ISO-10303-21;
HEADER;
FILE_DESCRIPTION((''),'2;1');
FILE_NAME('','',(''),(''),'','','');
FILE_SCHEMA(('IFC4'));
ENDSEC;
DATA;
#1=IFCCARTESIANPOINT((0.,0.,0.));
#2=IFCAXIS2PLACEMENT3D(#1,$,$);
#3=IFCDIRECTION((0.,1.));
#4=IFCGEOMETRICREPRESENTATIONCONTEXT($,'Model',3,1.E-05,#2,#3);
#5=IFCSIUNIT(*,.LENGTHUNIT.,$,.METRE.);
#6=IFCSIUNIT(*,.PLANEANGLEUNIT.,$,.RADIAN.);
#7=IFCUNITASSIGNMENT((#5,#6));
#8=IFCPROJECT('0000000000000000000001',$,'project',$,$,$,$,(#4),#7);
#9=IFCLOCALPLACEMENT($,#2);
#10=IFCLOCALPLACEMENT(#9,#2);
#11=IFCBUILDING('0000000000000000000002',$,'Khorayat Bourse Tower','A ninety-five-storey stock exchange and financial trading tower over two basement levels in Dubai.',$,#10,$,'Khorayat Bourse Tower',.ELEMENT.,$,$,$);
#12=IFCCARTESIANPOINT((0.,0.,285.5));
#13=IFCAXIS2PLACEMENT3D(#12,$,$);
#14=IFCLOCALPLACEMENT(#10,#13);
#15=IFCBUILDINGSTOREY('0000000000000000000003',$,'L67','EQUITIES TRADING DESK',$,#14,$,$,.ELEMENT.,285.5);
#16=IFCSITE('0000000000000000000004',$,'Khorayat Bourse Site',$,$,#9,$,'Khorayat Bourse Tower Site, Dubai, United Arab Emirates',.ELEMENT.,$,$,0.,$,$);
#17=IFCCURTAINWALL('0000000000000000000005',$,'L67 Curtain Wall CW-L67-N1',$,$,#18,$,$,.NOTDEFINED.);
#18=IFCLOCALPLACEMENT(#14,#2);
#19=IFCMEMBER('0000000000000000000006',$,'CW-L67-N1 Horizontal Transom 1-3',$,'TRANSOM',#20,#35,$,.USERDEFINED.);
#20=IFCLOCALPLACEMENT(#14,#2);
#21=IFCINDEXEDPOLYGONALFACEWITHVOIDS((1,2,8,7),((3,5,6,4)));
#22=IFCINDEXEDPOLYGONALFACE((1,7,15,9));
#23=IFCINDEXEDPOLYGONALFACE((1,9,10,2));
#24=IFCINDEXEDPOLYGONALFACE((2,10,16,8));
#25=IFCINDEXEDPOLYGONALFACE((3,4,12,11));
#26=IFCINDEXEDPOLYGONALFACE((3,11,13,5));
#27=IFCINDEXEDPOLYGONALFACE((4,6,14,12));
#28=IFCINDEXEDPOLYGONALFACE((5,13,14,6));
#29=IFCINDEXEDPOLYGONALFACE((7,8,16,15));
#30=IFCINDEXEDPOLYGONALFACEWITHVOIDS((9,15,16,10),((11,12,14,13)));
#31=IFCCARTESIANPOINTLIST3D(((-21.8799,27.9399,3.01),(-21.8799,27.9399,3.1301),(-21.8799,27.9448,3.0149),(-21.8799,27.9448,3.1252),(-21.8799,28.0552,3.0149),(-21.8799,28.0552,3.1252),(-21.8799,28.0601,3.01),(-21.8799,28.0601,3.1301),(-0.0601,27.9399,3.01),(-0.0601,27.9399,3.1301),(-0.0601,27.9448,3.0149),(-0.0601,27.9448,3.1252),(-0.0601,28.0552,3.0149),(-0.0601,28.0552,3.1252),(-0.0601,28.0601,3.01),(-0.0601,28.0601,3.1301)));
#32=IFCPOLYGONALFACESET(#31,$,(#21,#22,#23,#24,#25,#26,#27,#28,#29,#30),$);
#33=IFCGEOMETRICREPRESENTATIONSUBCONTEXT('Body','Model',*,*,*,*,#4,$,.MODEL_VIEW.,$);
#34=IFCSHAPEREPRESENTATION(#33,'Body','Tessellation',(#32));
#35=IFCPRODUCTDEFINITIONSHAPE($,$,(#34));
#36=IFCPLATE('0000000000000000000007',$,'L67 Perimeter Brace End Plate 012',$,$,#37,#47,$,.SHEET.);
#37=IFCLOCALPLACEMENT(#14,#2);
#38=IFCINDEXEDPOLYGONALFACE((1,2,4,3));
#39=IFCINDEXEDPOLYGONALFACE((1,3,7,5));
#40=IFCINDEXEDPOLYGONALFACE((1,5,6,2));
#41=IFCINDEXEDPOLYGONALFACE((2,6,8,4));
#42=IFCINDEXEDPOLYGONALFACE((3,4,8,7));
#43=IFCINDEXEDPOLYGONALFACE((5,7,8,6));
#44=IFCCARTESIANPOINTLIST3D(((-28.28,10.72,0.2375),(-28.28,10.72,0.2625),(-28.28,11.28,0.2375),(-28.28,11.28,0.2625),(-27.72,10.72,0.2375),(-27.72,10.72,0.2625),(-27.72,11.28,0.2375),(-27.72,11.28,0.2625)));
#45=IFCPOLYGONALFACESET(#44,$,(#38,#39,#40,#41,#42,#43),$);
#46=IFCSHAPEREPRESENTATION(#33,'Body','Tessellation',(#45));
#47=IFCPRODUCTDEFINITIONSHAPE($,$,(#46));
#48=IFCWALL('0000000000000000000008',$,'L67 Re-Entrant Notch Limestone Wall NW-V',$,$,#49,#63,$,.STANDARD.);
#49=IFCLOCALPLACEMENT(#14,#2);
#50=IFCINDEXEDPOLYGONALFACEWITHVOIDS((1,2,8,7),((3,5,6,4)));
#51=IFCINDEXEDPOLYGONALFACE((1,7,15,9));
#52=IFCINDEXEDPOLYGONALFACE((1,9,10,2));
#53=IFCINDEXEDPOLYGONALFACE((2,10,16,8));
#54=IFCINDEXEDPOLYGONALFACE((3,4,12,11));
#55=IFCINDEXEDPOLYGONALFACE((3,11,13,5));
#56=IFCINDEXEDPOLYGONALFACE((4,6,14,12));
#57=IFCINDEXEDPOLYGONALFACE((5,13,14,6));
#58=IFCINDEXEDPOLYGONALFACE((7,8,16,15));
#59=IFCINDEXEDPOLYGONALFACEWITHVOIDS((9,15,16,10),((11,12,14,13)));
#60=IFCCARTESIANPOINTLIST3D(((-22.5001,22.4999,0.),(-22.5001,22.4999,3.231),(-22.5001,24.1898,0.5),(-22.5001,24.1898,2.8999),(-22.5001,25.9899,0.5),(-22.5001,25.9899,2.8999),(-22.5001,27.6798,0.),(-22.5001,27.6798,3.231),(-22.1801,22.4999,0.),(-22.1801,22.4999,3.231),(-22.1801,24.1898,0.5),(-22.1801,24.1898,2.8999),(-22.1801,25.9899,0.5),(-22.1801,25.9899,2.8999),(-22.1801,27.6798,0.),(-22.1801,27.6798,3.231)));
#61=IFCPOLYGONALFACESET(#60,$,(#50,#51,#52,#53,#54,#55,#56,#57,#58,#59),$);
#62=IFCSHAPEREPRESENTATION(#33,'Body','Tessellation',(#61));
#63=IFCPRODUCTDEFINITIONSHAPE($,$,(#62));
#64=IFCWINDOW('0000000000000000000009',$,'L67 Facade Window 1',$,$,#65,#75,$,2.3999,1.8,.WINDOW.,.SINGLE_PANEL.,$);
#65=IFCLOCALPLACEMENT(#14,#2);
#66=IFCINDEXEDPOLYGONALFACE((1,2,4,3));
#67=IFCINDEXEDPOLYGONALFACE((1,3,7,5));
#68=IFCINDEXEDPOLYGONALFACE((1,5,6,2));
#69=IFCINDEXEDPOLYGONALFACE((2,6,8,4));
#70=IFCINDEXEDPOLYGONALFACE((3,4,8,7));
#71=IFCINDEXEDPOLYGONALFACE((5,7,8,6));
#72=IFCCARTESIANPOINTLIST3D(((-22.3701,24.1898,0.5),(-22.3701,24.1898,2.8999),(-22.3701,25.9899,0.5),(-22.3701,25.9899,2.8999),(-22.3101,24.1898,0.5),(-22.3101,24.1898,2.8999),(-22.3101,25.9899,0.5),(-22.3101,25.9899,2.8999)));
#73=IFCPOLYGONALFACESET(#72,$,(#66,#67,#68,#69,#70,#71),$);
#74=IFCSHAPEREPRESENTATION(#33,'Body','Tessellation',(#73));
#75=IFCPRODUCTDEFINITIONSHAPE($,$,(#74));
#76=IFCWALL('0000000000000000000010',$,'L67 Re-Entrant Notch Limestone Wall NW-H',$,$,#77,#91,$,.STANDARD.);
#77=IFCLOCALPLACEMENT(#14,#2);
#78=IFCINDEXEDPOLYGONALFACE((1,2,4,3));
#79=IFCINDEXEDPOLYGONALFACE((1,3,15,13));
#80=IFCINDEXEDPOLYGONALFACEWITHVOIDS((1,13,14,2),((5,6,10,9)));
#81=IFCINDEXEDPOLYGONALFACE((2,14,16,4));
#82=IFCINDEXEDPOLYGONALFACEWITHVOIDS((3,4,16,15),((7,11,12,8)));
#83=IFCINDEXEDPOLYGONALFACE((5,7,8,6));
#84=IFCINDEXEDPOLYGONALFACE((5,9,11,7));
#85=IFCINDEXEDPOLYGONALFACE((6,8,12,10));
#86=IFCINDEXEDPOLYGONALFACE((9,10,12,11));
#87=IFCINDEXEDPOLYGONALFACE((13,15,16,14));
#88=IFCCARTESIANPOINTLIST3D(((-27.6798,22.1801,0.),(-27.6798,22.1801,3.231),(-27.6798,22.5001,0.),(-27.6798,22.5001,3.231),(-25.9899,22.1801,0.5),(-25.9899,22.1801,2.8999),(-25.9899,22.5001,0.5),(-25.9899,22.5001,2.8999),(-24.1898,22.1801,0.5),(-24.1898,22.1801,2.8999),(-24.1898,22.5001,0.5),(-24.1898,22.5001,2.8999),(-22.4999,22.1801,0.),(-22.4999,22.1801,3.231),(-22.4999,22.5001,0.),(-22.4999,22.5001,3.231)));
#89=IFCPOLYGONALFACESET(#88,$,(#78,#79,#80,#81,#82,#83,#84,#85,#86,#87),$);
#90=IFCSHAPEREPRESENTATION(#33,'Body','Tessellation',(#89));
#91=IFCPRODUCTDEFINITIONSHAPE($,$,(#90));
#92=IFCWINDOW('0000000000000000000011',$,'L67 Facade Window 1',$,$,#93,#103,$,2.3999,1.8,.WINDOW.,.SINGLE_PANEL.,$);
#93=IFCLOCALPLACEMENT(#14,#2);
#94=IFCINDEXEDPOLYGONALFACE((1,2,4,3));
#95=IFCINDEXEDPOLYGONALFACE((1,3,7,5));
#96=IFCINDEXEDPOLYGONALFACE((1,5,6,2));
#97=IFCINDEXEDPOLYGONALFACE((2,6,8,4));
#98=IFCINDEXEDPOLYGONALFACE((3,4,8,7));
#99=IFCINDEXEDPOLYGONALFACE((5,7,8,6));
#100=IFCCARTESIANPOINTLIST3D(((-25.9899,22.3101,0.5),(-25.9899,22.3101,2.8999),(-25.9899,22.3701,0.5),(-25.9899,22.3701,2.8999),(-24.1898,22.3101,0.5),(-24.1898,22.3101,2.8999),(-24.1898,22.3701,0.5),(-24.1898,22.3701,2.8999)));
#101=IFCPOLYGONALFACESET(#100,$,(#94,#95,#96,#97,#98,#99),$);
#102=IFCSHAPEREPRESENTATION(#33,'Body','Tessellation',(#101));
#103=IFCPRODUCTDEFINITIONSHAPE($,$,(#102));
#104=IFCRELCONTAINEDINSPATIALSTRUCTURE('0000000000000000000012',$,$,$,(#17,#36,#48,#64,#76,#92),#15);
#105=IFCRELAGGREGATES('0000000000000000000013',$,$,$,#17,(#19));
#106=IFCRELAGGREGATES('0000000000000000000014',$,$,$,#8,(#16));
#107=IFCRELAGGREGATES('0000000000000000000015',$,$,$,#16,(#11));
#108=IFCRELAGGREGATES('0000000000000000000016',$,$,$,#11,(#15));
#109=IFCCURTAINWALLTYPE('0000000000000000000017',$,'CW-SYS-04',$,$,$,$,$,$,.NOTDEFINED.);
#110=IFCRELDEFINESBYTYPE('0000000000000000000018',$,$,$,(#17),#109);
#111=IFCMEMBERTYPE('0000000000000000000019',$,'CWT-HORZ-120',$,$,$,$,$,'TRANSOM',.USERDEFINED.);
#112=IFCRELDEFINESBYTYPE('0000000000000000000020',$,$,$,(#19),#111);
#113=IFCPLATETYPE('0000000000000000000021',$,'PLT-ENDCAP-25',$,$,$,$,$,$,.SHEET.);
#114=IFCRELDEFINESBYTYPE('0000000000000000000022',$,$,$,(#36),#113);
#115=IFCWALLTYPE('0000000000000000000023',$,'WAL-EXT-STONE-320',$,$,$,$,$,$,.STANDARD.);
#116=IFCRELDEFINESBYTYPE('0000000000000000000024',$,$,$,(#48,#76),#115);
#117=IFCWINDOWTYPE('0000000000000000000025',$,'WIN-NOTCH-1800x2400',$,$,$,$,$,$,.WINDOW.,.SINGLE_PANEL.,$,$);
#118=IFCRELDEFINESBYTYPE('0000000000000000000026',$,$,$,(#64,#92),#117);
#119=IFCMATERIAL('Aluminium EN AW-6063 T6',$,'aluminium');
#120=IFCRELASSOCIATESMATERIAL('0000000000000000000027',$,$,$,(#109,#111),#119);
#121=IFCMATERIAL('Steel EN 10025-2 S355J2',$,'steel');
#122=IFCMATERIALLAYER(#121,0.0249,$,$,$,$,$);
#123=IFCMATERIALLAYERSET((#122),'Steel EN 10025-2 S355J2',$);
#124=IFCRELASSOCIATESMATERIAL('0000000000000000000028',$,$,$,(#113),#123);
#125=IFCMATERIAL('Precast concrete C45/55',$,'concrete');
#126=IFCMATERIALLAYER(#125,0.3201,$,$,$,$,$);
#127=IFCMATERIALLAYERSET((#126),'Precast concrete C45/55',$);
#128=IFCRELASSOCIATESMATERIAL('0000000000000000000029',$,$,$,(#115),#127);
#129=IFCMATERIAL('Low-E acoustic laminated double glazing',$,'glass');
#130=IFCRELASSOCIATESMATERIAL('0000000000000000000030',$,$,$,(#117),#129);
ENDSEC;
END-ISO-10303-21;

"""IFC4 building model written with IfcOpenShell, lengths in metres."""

from ifc_helpers import new_model, si_unit, direction, frame, frame_2d, origin, origin_2d, place, context, subcontext, project, spatial, rectangle, hollow_rectangle, extrude, source, transform, mapped, material, layer, layer_set, material_profile, profile_set, type_object, element, fill, aggregate, save


model = new_model("IFC4")

# Units and contexts
model_context = context("Model", 3, precision=1e-05, world=origin(), true_north=direction((0.0, 1.0)))
body_context = subcontext(model_context, "Body", "Model", "MODEL_VIEW")
ifc_project = project(units=[si_unit("LENGTHUNIT", "METRE"), si_unit("PLANEANGLEUNIT", "RADIAN")], contexts=[model_context])

# Site, building, storey
site_placement = place(None, origin())
site = spatial("IfcSite", under=ifc_project, at=site_placement, Name="Khorayat Bourse Site", LongName="Khorayat Bourse Tower Site, Dubai, United Arab Emirates", CompositionType="ELEMENT", RefElevation=0.0)
building_placement = place(site_placement, origin())
building = spatial("IfcBuilding", under=site, at=building_placement, Name="Khorayat Bourse Tower", Description="A ninety-five-storey stock exchange and financial trading tower over two basement levels in Dubai.", LongName="Khorayat Bourse Tower", CompositionType="ELEMENT")
storey_placement = place(building_placement, frame((0.0, 0.0, 285.5)))
storey = spatial("IfcBuildingStorey", under=building, at=storey_placement, Name="L67", Description="EQUITIES TRADING DESK", CompositionType="ELEMENT", Elevation=285.5)

# Curtain wall
ifc_material_1 = material(Name="Aluminium EN AW-6063 T6", Category="aluminium")
curtain_wall_type = type_object("IfcCurtainWallType", Name="CW-SYS-04", PredefinedType="NOTDEFINED", material=ifc_material_1)
curtain_wall_1_placement = place(storey_placement, origin())
curtain_wall_1 = element("IfcCurtainWall", 1, at=curtain_wall_1_placement, inside=storey, type_object=curtain_wall_type, Name="L67 Curtain Wall CW-L67-N1", PredefinedType="NOTDEFINED")

# Member
ifc_material_profile_1 = material_profile(ifc_material_1, hollow_rectangle(XDim=0.1201, YDim=0.1201, WallThickness=0.0049, at=origin_2d()), Name="ALU 120x120x5")
ifc_profile_set_1 = profile_set([ifc_material_profile_1], Name="Aluminium EN AW-6063 T6")
member_type_1 = type_object("IfcMemberType", Name="CWT-HORZ-120", ElementType="TRANSOM", PredefinedType="USERDEFINED", material=ifc_profile_set_1)
shared_shape_1 = source(origin(), body_context, "Body", "SweptSolid", [
    extrude(hollow_rectangle(XDim=0.1201, YDim=0.1201, WallThickness=0.0049, at=origin_2d()), origin(), (0.0, 0.0, 1.0), 21.8198),
])
member_1_placement = place(storey_placement, frame((-21.8799, 28.0, 3.0701), z_axis=(1.0, 0.0, 0.0), x_axis=(0.0, 1.0, 0.0)))
member_1 = element("IfcMember", 2, at=member_1_placement, type_object=member_type_1, Name="CW-L67-N1 Horizontal Transom 1-3", ObjectType="TRANSOM", PredefinedType="USERDEFINED", context=body_context, shape_type="MappedRepresentation", body=[
    mapped(shared_shape_1, transform((0.0, 0.0, 0.0), scale=1.0)),
])
aggregate(curtain_wall_1, [member_1])

# Plate
ifc_material_2 = material(Name="Steel EN 10025-2 S355J2", Category="steel")
ifc_layer_1 = layer(ifc_material_2, 0.0249)
ifc_layer_set_1 = layer_set([ifc_layer_1], Name="Steel EN 10025-2 S355J2")
plate_type = type_object("IfcPlateType", Name="PLT-ENDCAP-25", PredefinedType="SHEET", material=ifc_layer_set_1)
shared_shape_2 = source(origin(), body_context, "Body", "SweptSolid", [
    extrude(rectangle(XDim=0.5601, YDim=0.5601, at=origin_2d()), origin(), (0.0, 0.0, 1.0), 0.0249),
])
plate_placement = place(storey_placement, frame((-28.0, 11.0, 0.2375), z_axis=(0.0, 0.0, 1.0), x_axis=(1.0, 0.0, 0.0)))
element("IfcPlate", 3, at=plate_placement, inside=storey, type_object=plate_type, Name="L67 Perimeter Brace End Plate 012", PredefinedType="SHEET", context=body_context, shape_type="MappedRepresentation", body=[
    mapped(shared_shape_2, transform((0.0, 0.0, 0.0), scale=1.0)),
])

# Walls, openings, windows
ifc_material_3 = material(Name="Precast concrete C45/55", Category="concrete")
ifc_layer_2 = layer(ifc_material_3, 0.3201)
ifc_layer_set_2 = layer_set([ifc_layer_2], Name="Precast concrete C45/55")
wall_type = type_object("IfcWallType", Name="WAL-EXT-STONE-320", PredefinedType="STANDARD", material=ifc_layer_set_2)
shared_shape_3 = source(origin(), body_context, "Body", "SweptSolid", [
    extrude(rectangle(XDim=5.1799, YDim=0.3201, at=frame_2d((2.5898, 0.0))), origin(), (0.0, 0.0, 1.0), 3.231),
])
wall_1_placement = place(storey_placement, frame((-22.3401, 22.5, 0.0), z_axis=(0.0, 0.0, 1.0), x_axis=(0.0, 1.0, 0.0)))
wall_1 = element("IfcWall", 4, at=wall_1_placement, inside=storey, type_object=wall_type, Name="L67 Re-Entrant Notch Limestone Wall NW-V", PredefinedType="STANDARD", context=body_context, shape_type="MappedRepresentation", body=[
    mapped(shared_shape_3, transform((0.0, 0.0, 0.0), scale=1.0)),
])
shared_shape_4 = source(origin(), body_context, "Body", "SweptSolid", [
    extrude(rectangle(XDim=1.8, YDim=2.3999, at=frame_2d((0.8999, 1.2))), frame((0.0, 0.1699, 0.0), z_axis=(0.0, -1.0, 0.0), x_axis=(1.0, 0.0, 0.0)), (0.0, 0.0, 1.0), 0.3401),
])
opening_1_placement = place(wall_1_placement, frame((1.6899, 0.0, 0.5)))
opening_1 = element("IfcOpeningElement", 5, at=opening_1_placement, cuts=wall_1, PredefinedType="OPENING", context=body_context, shape_type="MappedRepresentation", body=[
    mapped(shared_shape_4, transform((0.0, 0.0, 0.0), scale=1.0)),
])
ifc_material_4 = material(Name="Low-E acoustic laminated double glazing", Category="glass")
window_type = type_object("IfcWindowType", Name="WIN-NOTCH-1800x2400", PartitioningType="SINGLE_PANEL", PredefinedType="WINDOW", material=ifc_material_4)
shared_shape_5 = source(origin(), body_context, "Body", "SweptSolid", [
    extrude(rectangle(XDim=1.8, YDim=2.3999, at=frame_2d((0.8999, 1.2))), frame((0.0, 0.03, 0.0), z_axis=(0.0, -1.0, 0.0), x_axis=(1.0, 0.0, 0.0)), (0.0, 0.0, 1.0), 0.0601),
])
window_1_placement = place(opening_1_placement, origin())
window_1 = element("IfcWindow", 6, at=window_1_placement, inside=storey, type_object=window_type, Name="L67 Facade Window 1", OverallHeight=2.3999, OverallWidth=1.8, PartitioningType="SINGLE_PANEL", PredefinedType="WINDOW", context=body_context, shape_type="MappedRepresentation", body=[
    mapped(shared_shape_5, transform((0.0, 0.0, 0.0), scale=1.0)),
])
fill(opening_1, window_1)
wall_2_placement = place(storey_placement, frame((-22.5, 22.3401, 0.0), z_axis=(0.0, 0.0, 1.0), x_axis=(-1.0, 0.0, 0.0)))
wall_2 = element("IfcWall", 7, at=wall_2_placement, inside=storey, type_object=wall_type, Name="L67 Re-Entrant Notch Limestone Wall NW-H", PredefinedType="STANDARD", context=body_context, shape_type="MappedRepresentation", body=[
    mapped(shared_shape_3, transform((0.0, 0.0, 0.0), scale=1.0)),
])
opening_2_placement = place(wall_2_placement, frame((1.6899, 0.0, 0.5)))
opening_2 = element("IfcOpeningElement", 8, at=opening_2_placement, cuts=wall_2, PredefinedType="OPENING", context=body_context, shape_type="MappedRepresentation", body=[
    mapped(shared_shape_4, transform((0.0, 0.0, 0.0), scale=1.0)),
])
window_2_placement = place(opening_2_placement, origin())
window_2 = element("IfcWindow", 9, at=window_2_placement, inside=storey, type_object=window_type, Name="L67 Facade Window 1", OverallHeight=2.3999, OverallWidth=1.8, PartitioningType="SINGLE_PANEL", PredefinedType="WINDOW", context=body_context, shape_type="MappedRepresentation", body=[
    mapped(shared_shape_5, transform((0.0, 0.0, 0.0), scale=1.0)),
])
fill(opening_2, window_2)

save(model, "model.ifc")
